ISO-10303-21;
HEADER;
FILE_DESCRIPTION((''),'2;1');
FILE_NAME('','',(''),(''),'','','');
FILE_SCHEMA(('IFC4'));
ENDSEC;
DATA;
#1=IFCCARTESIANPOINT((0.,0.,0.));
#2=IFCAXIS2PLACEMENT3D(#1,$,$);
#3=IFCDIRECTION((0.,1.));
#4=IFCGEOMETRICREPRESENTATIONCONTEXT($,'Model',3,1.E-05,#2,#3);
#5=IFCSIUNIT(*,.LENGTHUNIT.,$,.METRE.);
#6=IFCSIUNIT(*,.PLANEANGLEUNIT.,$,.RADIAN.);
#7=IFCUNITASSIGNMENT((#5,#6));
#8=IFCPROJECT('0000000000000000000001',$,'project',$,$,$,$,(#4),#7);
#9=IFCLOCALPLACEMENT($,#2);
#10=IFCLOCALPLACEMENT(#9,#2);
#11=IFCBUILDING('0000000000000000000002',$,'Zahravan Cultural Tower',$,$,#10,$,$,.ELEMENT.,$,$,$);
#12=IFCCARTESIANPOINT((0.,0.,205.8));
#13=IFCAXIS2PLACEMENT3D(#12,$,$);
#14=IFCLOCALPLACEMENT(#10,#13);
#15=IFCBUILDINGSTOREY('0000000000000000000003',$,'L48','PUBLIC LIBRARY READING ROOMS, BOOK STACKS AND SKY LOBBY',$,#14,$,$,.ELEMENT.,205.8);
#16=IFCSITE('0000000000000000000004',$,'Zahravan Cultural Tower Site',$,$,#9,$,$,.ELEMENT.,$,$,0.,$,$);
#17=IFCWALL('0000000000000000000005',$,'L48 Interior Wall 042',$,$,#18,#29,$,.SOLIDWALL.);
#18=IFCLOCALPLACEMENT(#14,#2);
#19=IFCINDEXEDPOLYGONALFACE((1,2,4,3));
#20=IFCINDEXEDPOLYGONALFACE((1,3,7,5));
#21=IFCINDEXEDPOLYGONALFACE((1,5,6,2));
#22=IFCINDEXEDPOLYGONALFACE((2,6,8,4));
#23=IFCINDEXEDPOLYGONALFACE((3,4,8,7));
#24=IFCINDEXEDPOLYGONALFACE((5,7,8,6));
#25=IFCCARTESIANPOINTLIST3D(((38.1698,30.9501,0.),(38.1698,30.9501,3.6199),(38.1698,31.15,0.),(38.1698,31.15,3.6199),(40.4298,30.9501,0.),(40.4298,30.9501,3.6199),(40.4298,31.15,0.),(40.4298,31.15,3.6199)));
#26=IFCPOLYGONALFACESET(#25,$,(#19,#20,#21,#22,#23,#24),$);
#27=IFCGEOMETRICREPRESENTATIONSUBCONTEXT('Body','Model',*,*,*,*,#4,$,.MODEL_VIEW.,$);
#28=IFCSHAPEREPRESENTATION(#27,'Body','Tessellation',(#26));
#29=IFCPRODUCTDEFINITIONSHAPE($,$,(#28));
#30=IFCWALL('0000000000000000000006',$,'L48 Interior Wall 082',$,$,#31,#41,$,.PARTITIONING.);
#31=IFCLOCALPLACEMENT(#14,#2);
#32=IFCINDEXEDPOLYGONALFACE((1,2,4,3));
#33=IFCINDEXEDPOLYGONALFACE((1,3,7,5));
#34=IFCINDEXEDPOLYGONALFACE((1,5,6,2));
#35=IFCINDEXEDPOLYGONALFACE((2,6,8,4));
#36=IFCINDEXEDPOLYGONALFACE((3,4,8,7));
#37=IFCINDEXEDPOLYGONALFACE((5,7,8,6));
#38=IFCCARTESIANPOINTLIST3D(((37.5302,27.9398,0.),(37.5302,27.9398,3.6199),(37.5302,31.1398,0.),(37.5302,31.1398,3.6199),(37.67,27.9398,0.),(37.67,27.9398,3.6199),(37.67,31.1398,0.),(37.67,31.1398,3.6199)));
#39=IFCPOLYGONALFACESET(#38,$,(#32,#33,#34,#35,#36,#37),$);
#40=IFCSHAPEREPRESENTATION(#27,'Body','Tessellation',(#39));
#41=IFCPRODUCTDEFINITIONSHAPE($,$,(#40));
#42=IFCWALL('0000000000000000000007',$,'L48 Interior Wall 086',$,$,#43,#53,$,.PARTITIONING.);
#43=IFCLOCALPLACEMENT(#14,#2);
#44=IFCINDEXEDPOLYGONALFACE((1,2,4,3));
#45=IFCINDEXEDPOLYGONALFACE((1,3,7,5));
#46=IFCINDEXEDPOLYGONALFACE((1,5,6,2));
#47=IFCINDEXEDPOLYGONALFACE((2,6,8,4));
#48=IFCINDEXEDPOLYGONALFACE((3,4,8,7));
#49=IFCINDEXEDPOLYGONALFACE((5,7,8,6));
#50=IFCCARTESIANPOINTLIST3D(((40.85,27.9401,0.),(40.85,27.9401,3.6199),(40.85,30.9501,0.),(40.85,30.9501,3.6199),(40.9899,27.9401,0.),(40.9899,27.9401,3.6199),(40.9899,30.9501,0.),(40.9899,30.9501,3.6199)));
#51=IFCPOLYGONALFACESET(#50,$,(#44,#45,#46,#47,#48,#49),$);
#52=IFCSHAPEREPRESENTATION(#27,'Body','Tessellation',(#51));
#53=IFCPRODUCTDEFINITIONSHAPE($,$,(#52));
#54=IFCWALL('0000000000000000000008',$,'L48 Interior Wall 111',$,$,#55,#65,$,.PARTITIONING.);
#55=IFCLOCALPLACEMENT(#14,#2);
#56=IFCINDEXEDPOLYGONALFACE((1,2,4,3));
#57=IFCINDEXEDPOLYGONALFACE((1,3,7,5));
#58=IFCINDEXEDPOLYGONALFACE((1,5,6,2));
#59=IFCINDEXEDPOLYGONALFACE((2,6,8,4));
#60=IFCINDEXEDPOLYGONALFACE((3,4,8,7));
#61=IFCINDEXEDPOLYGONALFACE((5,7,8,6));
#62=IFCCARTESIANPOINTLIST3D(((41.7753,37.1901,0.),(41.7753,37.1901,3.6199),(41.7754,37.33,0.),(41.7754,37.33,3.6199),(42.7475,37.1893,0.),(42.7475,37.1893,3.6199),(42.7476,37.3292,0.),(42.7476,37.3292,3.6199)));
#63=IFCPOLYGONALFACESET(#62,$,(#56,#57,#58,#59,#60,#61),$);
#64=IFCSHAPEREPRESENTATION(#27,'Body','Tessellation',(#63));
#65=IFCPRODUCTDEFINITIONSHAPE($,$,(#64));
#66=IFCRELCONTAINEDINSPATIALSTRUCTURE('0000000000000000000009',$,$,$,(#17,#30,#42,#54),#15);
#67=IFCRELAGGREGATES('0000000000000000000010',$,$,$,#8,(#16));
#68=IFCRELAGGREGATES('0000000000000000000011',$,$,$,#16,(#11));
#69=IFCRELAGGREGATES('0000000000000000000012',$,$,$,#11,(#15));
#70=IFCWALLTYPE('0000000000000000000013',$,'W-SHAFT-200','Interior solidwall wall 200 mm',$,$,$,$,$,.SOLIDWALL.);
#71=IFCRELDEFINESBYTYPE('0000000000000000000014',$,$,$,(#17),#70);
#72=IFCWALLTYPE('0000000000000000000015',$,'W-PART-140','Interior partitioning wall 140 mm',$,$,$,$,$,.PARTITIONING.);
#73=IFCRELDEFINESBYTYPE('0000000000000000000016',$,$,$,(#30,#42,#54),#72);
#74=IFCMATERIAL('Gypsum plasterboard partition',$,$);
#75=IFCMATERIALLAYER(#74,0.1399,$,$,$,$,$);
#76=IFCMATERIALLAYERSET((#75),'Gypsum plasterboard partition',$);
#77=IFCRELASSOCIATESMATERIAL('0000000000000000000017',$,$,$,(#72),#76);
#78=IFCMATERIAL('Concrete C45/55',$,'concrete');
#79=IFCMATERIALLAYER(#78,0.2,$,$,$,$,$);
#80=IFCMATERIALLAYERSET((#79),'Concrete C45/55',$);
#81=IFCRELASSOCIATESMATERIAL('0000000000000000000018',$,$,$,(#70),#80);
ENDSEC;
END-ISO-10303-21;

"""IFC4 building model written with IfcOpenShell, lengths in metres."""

from ifc_helpers import new_model, si_unit, direction, frame, frame_2d, origin, place, context, subcontext, project, spatial, rectangle, extrude, source, transform, mapped, material, layer, layer_set, type_object, element, save


model = new_model("IFC4")

# Units and contexts
model_context = context("Model", 3, precision=1e-05, world=origin(), true_north=direction((0.0, 1.0)))
body_context = subcontext(model_context, "Body", "Model", "MODEL_VIEW")
ifc_project = project(units=[si_unit("LENGTHUNIT", "METRE"), si_unit("PLANEANGLEUNIT", "RADIAN")], contexts=[model_context])

# Site, building, storey
site_placement = place(None, origin())
site = spatial("IfcSite", under=ifc_project, at=site_placement, Name="Zahravan Cultural Tower Site", CompositionType="ELEMENT", RefElevation=0.0)
building_placement = place(site_placement, origin())
building = spatial("IfcBuilding", under=site, at=building_placement, Name="Zahravan Cultural Tower", CompositionType="ELEMENT")
storey_placement = place(building_placement, frame((0.0, 0.0, 205.8)))
storey = spatial("IfcBuildingStorey", under=building, at=storey_placement, Name="L48", Description="PUBLIC LIBRARY READING ROOMS, BOOK STACKS AND SKY LOBBY", CompositionType="ELEMENT", Elevation=205.8)

# Shared definitions
ifc_material_1 = material(Name="Gypsum plasterboard partition")
ifc_layer_1 = layer(ifc_material_1, 0.1399)
ifc_layer_set_1 = layer_set([ifc_layer_1], Name="Gypsum plasterboard partition")
wall_type_1 = type_object("IfcWallType", Name="W-PART-140", Description="Interior partitioning wall 140 mm", PredefinedType="PARTITIONING", material=ifc_layer_set_1)
ifc_material_2 = material(Name="Concrete C45/55", Category="concrete")
ifc_layer_2 = layer(ifc_material_2, 0.2)
ifc_layer_set_2 = layer_set([ifc_layer_2], Name="Concrete C45/55")
wall_type_2 = type_object("IfcWallType", Name="W-SHAFT-200", Description="Interior solidwall wall 200 mm", PredefinedType="SOLIDWALL", material=ifc_layer_set_2)

# Walls
shared_shape_1 = source(origin(), body_context, "Body", "SweptSolid", [
    extrude(rectangle(XDim=2.26, YDim=0.2, at=frame_2d((1.1299, 0.0))), origin(), (0.0, 0.0, 1.0), 3.6199),
])
for number, where, z_axis, x_axis, name in (
    (1, (38.1699, 31.05, 0.0), (0.0, 0.0, 1.0), (1.0, 0.0, 0.0), "L48 Interior Wall 042"),
):
    element("IfcWall", number, at=place(storey_placement, frame(where, z_axis=z_axis, x_axis=x_axis)), inside=storey, type_object=wall_type_2, Name=name, PredefinedType="SOLIDWALL", context=body_context, shape_type="MappedRepresentation", body=[
        mapped(shared_shape_1, transform((0.0, 0.0, 0.0), x_axis=(1.0, 0.0, 0.0), y_axis=(0.0, 1.0, 0.0), z_axis=(0.0, 0.0, 1.0), scale=1.0)),
    ])
shared_shape_2 = source(origin(), body_context, "Body", "SweptSolid", [
    extrude(rectangle(XDim=3.2, YDim=0.1399, at=frame_2d((1.6001, 0.0))), origin(), (0.0, 0.0, 1.0), 3.6199),
])
wall_1_placement = place(storey_placement, frame((37.6001, 31.1399, 0.0), z_axis=(0.0, 0.0, 1.0), x_axis=(0.0, -1.0, 0.0)))
element("IfcWall", 2, at=wall_1_placement, inside=storey, type_object=wall_type_1, Name="L48 Interior Wall 082", PredefinedType="PARTITIONING", context=body_context, shape_type="MappedRepresentation", body=[
    mapped(shared_shape_2, transform((0.0, 0.0, 0.0), x_axis=(1.0, 0.0, 0.0), y_axis=(0.0, 1.0, 0.0), z_axis=(0.0, 0.0, 1.0), scale=1.0)),
])
shared_shape_3 = source(origin(), body_context, "Body", "SweptSolid", [
    extrude(rectangle(XDim=3.01, YDim=0.1399, at=frame_2d((1.5049, 0.0))), origin(), (0.0, 0.0, 1.0), 3.6199),
])
wall_2_placement = place(storey_placement, frame((40.9199, 30.95, 0.0), z_axis=(0.0, 0.0, 1.0), x_axis=(0.0, -1.0, 0.0)))
element("IfcWall", 3, at=wall_2_placement, inside=storey, type_object=wall_type_1, Name="L48 Interior Wall 086", PredefinedType="PARTITIONING", context=body_context, shape_type="MappedRepresentation", body=[
    mapped(shared_shape_3, transform((0.0, 0.0, 0.0), x_axis=(1.0, 0.0, 0.0), y_axis=(0.0, 1.0, 0.0), z_axis=(0.0, 0.0, 1.0), scale=1.0)),
])
shared_shape_4 = source(origin(), body_context, "Body", "SweptSolid", [
    extrude(rectangle(XDim=0.9722, YDim=0.1399, at=frame_2d((0.4861, 0.0))), origin(), (0.0, 0.0, 1.0), 3.6199),
])
wall_3_placement = place(storey_placement, frame((42.7476, 37.2593, 0.0), z_axis=(0.0, 0.0, 1.0), x_axis=(-1.0, 0.000753, 0.0)))
element("IfcWall", 4, at=wall_3_placement, inside=storey, type_object=wall_type_1, Name="L48 Interior Wall 111", PredefinedType="PARTITIONING", context=body_context, shape_type="MappedRepresentation", body=[
    mapped(shared_shape_4, transform((0.0, 0.0, 0.0), x_axis=(1.0, 0.0, 0.0), y_axis=(0.0, 1.0, 0.0), z_axis=(0.0, 0.0, 1.0), scale=1.0)),
])

save(model, "model.ifc")
